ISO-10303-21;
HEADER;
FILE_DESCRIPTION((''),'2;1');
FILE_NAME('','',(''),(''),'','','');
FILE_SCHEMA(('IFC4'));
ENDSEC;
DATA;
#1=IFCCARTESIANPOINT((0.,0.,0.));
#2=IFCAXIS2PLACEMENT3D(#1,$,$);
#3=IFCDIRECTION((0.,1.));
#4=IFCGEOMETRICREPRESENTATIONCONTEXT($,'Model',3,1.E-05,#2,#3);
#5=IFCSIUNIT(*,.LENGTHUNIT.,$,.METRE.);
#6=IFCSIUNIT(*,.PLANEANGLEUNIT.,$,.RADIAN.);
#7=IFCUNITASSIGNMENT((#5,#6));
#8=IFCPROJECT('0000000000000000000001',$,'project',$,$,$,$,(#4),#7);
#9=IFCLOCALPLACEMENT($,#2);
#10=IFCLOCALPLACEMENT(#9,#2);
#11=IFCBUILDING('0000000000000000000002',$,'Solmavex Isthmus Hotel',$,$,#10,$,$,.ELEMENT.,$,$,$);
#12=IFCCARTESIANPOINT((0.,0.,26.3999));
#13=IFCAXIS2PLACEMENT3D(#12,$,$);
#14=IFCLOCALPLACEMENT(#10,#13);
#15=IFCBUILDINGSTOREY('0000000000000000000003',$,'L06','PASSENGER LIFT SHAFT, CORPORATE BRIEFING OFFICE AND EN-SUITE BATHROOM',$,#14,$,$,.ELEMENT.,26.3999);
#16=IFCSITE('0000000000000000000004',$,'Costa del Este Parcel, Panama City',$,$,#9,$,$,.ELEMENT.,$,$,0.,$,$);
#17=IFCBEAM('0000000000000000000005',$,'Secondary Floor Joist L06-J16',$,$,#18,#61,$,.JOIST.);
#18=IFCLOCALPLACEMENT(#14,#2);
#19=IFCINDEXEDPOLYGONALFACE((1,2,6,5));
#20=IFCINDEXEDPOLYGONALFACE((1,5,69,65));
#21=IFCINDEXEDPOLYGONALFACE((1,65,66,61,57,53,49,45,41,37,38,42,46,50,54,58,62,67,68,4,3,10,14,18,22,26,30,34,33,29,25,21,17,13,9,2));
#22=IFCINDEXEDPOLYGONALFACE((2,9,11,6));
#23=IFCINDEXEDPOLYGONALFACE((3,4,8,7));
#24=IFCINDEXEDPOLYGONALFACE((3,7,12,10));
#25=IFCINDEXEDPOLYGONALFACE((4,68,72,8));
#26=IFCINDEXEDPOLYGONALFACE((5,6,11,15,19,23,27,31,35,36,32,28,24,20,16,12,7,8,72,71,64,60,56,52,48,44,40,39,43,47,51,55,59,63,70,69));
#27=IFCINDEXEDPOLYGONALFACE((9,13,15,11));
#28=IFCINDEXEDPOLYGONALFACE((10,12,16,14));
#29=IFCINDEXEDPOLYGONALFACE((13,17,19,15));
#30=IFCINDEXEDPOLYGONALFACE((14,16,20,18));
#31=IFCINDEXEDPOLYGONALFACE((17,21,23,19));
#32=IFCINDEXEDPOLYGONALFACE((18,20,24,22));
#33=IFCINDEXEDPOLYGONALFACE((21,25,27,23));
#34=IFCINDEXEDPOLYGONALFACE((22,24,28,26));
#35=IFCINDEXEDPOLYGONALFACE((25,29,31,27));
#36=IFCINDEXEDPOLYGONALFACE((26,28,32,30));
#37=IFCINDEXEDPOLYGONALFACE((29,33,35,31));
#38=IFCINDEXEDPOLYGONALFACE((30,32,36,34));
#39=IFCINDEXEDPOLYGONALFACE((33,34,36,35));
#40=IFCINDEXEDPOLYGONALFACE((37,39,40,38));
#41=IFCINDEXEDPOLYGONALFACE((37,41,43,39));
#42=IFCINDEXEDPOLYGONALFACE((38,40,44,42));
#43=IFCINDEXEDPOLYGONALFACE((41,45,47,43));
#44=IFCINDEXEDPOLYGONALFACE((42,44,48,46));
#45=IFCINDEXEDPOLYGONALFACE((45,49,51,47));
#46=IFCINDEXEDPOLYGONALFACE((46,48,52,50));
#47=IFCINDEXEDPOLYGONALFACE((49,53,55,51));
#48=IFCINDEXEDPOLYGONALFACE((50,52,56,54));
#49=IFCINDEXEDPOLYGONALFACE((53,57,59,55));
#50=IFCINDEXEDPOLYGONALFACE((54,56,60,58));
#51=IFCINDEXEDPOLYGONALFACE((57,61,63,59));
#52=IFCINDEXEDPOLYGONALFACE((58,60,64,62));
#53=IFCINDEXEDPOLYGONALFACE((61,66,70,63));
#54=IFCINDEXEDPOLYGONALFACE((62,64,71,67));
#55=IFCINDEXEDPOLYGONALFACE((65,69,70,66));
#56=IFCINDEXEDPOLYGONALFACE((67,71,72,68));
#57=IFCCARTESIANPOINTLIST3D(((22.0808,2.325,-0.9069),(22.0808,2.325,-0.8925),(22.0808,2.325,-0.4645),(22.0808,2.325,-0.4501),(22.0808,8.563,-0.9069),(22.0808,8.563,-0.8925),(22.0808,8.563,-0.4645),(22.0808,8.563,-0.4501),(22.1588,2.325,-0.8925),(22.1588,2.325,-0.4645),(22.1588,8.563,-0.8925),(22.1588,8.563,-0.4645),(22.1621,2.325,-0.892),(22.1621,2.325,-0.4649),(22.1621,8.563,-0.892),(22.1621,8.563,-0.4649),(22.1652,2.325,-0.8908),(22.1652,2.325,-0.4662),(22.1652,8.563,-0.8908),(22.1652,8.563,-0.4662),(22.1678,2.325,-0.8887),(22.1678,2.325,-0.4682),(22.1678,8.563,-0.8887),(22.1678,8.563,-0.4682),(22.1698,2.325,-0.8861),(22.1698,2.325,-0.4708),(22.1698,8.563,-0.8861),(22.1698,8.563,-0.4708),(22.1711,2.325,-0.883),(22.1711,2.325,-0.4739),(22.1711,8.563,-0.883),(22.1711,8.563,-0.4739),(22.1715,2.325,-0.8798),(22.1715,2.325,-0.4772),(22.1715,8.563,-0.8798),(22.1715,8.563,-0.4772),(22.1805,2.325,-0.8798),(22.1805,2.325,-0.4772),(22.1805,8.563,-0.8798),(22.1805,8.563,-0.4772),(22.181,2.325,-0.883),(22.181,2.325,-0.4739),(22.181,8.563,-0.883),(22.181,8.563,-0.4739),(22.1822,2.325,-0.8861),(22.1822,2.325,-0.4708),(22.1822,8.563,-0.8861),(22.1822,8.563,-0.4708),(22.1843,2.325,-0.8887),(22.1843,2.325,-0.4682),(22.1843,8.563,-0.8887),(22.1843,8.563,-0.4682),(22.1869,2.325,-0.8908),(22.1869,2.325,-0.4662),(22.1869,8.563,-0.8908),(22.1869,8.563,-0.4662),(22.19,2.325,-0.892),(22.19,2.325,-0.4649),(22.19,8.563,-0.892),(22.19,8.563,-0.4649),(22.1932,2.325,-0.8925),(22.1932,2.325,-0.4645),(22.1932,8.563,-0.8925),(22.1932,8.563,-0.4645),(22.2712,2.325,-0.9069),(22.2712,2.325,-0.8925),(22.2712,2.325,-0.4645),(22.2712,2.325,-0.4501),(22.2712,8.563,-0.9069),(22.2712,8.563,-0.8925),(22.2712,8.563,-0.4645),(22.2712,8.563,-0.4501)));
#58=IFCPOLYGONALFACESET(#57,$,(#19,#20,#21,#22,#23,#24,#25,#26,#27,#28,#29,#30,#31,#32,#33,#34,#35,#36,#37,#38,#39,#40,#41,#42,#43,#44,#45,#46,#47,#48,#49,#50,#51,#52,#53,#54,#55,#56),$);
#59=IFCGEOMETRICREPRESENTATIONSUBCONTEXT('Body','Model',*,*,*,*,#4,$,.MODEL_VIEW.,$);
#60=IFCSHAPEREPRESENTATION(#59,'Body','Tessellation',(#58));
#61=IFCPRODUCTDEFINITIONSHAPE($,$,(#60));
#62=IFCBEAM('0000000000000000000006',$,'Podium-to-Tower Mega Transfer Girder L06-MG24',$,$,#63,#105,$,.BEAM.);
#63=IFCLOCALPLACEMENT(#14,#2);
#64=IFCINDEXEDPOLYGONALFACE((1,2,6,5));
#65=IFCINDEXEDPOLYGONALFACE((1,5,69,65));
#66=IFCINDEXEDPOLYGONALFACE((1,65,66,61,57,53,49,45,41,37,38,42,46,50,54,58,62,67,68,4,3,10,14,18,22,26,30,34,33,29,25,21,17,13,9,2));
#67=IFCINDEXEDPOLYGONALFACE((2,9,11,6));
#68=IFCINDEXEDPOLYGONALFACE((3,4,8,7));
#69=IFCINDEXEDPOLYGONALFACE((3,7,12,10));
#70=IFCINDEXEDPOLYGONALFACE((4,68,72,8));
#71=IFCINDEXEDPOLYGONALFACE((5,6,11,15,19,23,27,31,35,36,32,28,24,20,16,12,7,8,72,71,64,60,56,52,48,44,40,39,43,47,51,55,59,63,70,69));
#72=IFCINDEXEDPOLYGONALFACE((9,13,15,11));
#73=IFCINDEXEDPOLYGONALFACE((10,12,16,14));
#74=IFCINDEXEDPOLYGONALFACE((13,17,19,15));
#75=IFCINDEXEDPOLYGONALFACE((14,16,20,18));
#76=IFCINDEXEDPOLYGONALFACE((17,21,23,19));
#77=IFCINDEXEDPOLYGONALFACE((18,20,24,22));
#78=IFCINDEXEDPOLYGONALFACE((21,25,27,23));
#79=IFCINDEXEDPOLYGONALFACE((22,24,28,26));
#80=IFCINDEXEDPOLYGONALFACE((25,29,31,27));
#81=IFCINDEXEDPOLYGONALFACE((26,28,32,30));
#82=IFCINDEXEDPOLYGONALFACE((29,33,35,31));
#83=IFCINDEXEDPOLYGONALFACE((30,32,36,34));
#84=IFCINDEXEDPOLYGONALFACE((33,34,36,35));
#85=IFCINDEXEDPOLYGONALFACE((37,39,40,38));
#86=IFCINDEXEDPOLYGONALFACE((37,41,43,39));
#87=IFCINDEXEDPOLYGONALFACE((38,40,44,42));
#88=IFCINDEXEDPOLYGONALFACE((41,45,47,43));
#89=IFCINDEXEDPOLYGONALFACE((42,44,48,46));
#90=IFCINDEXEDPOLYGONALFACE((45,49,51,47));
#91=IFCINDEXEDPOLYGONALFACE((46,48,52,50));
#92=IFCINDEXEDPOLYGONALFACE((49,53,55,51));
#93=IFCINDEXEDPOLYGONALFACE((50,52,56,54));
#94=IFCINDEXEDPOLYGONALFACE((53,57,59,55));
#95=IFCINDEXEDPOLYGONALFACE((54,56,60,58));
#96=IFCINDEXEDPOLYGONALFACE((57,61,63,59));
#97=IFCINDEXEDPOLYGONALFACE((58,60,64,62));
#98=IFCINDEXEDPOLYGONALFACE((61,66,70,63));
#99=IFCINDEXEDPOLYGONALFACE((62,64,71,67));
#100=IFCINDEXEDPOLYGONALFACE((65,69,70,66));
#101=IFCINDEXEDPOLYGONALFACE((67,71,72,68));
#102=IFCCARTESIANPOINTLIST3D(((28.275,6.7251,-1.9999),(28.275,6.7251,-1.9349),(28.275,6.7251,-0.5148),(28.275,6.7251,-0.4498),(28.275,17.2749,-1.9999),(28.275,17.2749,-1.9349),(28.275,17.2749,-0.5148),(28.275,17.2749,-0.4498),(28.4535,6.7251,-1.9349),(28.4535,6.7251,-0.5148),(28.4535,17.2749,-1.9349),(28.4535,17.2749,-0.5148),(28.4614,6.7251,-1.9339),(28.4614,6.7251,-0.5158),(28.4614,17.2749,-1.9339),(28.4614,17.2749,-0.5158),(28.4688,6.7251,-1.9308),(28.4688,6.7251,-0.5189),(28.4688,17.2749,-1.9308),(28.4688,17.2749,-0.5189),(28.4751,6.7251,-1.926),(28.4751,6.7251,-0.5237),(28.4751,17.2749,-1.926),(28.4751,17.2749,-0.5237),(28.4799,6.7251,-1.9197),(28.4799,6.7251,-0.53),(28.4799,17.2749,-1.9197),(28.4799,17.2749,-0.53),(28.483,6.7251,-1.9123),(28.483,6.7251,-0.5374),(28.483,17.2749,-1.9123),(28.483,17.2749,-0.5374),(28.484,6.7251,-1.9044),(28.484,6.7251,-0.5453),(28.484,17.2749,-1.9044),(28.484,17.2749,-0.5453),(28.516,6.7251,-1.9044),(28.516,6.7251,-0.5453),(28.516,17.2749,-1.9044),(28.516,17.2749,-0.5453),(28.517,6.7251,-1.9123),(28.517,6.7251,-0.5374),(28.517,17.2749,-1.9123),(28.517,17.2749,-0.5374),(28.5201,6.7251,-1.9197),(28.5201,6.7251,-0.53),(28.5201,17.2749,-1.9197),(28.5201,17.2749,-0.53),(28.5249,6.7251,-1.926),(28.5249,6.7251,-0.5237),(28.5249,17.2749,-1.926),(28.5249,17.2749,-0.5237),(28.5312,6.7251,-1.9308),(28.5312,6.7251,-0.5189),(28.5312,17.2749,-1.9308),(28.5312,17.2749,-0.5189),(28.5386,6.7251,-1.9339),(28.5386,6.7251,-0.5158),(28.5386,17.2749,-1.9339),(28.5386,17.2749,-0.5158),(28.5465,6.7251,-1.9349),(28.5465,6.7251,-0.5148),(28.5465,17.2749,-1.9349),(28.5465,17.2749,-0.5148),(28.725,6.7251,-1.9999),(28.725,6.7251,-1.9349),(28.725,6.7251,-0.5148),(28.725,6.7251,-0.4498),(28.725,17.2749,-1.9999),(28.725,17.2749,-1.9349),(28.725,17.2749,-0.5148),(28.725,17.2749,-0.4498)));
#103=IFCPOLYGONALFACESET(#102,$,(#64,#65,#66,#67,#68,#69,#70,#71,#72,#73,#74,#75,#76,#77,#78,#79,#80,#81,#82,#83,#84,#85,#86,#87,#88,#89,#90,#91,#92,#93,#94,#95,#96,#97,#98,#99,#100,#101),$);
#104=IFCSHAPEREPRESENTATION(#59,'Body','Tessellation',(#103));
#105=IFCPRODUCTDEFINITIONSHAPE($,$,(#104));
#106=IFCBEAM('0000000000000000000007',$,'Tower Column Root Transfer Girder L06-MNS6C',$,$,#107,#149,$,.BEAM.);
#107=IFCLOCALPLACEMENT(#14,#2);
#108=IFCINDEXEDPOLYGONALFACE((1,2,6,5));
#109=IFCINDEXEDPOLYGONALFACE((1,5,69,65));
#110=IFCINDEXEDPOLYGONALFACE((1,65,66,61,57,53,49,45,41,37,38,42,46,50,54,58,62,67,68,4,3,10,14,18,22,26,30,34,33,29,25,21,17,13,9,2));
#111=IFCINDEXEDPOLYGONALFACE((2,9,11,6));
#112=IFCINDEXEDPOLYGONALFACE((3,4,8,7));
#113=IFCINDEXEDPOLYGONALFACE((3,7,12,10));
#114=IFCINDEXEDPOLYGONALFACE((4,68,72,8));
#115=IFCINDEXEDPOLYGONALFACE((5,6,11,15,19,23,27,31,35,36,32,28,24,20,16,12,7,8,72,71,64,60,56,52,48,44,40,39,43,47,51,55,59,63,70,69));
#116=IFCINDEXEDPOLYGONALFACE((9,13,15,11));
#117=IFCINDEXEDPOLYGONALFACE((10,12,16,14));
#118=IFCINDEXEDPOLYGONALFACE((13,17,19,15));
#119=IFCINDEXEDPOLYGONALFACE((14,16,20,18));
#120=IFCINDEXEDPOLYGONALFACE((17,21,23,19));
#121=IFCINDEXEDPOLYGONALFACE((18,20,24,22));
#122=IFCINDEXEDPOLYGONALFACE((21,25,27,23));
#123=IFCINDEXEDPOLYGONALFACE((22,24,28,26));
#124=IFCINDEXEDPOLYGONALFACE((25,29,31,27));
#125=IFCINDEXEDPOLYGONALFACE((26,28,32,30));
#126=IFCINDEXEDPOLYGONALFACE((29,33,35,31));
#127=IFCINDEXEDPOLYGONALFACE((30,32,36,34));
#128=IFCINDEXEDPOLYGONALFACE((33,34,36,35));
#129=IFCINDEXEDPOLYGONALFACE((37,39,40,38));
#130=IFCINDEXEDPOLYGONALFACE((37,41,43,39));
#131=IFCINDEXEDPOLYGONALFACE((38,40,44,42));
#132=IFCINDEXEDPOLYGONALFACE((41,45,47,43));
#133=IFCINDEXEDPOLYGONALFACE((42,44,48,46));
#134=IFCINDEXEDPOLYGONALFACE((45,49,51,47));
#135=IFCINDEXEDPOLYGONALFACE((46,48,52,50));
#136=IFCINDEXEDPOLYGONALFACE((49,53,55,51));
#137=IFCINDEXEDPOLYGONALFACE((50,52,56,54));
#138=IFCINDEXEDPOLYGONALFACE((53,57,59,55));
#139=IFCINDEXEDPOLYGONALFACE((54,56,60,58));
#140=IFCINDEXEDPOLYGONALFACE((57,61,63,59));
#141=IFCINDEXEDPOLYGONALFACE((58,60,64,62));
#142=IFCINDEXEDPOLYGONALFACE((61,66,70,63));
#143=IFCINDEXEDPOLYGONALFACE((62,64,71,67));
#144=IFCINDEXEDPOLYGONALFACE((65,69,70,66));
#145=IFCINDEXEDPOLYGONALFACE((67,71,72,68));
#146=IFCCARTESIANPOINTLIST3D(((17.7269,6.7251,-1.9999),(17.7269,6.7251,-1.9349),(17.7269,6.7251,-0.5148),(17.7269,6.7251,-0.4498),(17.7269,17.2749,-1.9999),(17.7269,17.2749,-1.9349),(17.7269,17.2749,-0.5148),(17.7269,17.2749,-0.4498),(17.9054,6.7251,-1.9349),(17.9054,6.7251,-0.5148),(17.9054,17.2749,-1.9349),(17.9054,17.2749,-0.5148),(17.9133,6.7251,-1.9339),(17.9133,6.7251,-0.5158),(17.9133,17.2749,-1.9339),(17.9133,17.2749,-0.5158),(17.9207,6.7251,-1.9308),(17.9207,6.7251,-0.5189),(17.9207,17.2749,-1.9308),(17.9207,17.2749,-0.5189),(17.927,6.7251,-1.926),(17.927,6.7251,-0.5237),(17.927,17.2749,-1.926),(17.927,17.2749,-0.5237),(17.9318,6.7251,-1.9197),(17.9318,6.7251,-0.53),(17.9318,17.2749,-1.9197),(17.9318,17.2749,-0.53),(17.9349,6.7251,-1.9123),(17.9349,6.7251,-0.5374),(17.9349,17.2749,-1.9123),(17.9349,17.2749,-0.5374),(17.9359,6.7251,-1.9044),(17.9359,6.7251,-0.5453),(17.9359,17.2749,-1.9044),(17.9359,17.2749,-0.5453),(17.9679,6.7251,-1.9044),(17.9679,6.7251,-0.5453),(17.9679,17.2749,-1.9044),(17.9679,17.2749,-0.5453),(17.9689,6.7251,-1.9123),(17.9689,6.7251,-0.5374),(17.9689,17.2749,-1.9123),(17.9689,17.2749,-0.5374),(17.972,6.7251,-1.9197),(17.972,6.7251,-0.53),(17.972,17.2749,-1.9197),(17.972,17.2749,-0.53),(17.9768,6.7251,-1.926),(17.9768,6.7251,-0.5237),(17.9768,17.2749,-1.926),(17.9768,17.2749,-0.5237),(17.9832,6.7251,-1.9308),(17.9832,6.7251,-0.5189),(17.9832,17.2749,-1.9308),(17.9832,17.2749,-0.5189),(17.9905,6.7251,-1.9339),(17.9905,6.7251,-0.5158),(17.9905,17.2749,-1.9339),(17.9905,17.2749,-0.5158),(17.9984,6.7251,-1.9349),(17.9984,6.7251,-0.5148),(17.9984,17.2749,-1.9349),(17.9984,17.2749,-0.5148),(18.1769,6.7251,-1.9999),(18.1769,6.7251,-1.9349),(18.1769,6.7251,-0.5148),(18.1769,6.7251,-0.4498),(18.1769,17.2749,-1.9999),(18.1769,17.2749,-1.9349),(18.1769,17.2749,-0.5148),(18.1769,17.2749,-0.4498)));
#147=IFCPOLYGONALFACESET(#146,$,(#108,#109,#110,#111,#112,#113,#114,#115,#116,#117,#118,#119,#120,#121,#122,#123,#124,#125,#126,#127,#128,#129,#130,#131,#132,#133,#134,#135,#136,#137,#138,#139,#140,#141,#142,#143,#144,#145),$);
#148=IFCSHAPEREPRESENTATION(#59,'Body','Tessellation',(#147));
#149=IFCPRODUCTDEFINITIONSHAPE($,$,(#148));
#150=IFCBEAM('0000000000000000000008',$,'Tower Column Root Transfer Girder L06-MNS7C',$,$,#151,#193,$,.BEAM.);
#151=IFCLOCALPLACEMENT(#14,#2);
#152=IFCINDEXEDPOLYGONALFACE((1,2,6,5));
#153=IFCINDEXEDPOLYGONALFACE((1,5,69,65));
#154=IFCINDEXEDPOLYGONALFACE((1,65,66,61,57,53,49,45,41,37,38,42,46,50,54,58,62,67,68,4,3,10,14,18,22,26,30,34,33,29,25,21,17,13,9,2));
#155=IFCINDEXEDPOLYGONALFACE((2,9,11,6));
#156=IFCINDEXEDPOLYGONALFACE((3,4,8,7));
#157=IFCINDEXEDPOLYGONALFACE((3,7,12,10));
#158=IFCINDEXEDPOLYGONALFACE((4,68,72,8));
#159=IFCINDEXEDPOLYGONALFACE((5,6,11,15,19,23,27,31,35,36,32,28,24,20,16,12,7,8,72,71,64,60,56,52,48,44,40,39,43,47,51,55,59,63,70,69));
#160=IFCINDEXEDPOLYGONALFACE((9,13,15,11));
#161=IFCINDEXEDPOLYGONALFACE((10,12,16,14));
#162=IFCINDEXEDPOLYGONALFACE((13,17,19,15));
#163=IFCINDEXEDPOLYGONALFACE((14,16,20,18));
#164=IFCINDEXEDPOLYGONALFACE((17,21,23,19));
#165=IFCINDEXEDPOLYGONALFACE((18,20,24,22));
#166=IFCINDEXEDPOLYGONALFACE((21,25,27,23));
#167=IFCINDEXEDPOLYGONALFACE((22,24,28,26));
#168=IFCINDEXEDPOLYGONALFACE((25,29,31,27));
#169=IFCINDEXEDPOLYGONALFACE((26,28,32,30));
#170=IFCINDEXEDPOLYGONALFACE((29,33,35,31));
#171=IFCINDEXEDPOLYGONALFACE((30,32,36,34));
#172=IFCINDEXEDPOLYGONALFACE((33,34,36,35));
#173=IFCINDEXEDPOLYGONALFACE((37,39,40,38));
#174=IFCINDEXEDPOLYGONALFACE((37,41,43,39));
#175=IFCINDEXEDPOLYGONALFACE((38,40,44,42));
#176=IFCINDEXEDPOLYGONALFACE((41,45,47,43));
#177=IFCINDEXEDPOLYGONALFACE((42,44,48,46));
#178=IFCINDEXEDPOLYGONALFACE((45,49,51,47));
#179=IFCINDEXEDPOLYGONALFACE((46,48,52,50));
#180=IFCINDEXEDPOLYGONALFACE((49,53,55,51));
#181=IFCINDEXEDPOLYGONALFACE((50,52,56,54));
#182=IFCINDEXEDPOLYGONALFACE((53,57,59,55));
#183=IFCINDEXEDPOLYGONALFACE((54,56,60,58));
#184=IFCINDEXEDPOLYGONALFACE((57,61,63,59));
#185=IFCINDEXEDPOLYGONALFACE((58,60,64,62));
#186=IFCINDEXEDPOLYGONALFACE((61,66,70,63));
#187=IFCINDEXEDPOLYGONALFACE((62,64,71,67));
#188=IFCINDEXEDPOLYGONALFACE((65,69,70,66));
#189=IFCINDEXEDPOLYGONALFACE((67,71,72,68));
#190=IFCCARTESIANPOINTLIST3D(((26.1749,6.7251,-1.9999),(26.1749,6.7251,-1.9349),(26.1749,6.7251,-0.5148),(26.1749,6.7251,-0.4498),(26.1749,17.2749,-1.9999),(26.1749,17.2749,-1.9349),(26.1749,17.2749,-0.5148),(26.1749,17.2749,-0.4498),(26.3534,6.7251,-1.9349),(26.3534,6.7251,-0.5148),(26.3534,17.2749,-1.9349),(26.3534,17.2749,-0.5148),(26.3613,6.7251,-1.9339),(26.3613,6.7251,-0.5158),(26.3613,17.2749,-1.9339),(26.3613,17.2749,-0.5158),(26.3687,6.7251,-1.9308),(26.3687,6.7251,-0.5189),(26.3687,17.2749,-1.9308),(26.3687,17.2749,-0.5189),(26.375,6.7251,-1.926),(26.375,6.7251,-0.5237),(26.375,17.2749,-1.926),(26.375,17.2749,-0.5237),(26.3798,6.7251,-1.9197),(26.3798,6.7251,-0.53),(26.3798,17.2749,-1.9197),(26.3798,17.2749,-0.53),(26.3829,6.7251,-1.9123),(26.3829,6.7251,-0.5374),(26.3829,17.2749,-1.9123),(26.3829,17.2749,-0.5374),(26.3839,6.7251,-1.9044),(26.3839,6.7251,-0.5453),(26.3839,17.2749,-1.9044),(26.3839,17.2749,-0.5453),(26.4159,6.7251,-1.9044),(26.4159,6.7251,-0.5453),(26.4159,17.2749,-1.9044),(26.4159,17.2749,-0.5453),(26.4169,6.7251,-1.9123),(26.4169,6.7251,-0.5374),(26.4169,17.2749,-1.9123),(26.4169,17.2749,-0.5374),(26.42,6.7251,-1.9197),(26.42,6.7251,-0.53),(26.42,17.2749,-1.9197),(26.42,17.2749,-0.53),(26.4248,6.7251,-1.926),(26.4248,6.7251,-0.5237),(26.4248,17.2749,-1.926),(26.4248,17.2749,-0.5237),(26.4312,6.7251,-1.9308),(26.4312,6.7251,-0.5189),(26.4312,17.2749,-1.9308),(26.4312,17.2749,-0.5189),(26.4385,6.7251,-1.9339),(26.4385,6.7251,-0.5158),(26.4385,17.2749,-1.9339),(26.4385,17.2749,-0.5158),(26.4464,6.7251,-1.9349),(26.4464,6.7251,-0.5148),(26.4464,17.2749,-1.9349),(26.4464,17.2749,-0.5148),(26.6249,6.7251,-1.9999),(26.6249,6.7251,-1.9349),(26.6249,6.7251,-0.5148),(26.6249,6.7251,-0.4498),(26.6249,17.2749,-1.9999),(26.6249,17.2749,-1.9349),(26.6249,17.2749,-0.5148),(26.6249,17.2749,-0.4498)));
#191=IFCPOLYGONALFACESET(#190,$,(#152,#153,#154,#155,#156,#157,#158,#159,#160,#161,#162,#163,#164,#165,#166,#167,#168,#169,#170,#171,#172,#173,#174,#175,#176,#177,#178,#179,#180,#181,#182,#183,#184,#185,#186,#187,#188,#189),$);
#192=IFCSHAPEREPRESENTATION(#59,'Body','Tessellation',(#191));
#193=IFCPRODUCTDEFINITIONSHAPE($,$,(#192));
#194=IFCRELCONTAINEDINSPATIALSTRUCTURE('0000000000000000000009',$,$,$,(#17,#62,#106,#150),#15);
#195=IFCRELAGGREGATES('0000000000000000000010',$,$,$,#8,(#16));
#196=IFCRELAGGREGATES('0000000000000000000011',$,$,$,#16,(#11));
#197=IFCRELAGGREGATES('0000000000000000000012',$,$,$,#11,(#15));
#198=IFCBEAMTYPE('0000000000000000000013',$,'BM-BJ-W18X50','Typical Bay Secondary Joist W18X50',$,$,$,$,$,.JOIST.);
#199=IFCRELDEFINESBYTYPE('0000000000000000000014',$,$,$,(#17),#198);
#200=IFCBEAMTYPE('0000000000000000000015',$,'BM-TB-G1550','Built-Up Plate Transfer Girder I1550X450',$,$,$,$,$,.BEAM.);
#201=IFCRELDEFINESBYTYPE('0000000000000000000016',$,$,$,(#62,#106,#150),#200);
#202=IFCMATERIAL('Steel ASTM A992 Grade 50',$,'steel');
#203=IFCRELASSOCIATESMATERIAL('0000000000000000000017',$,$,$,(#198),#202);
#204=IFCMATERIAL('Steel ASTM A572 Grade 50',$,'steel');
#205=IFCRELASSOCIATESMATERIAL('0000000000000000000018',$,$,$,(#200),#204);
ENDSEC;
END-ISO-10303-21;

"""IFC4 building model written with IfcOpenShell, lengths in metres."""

from ifc_helpers import new_model, si_unit, direction, frame, origin, origin_2d, place, context, subcontext, project, spatial, i_section, extrude, material, material_profile, profile_set, type_object, element, save


model = new_model("IFC4")

# Units and contexts
model_context = context("Model", 3, precision=1e-05, world=origin(), true_north=direction((0.0, 1.0)))
body_context = subcontext(model_context, "Body", "Model", "MODEL_VIEW")
ifc_project = project(units=[si_unit("LENGTHUNIT", "METRE"), si_unit("PLANEANGLEUNIT", "RADIAN")], contexts=[model_context])

# Site, building, storey
site_placement = place(None, origin())
site = spatial("IfcSite", under=ifc_project, at=site_placement, Name="Costa del Este Parcel, Panama City", CompositionType="ELEMENT", RefElevation=0.0)
building_placement = place(site_placement, origin())
building = spatial("IfcBuilding", under=site, at=building_placement, Name="Solmavex Isthmus Hotel", CompositionType="ELEMENT")
storey_placement = place(building_placement, frame((0.0, 0.0, 26.3999)))
storey = spatial("IfcBuildingStorey", under=building, at=storey_placement, Name="L06", Description="PASSENGER LIFT SHAFT, CORPORATE BRIEFING OFFICE AND EN-SUITE BATHROOM", CompositionType="ELEMENT", Elevation=26.3999)

# Beams
ifc_material_1 = material(Name="Steel ASTM A992 Grade 50", Category="steel")
ifc_material_profile_1 = material_profile(ifc_material_1, i_section(OverallWidth=0.1904, OverallDepth=0.4568, WebThickness=0.009, FlangeThickness=0.0144, FilletRadius=0.0127, at=origin_2d()), Name="W18X50")
ifc_profile_set_1 = profile_set([ifc_material_profile_1], Name="Steel ASTM A992 Grade 50")
beam_type_1 = type_object("IfcBeamType", Name="BM-BJ-W18X50", Description="Typical Bay Secondary Joist W18X50", PredefinedType="JOIST", material=ifc_profile_set_1)
beam_placement = place(storey_placement, frame((22.176, 2.325, -0.6785), z_axis=(0.0, 1.0, 0.0), x_axis=(-1.0, 0.0, 0.0)))
element("IfcBeam", 1, at=beam_placement, inside=storey, type_object=beam_type_1, Name="Secondary Floor Joist L06-J16", PredefinedType="JOIST", context=body_context, shape_type="SweptSolid", body=[
    extrude(i_section(OverallWidth=0.1904, OverallDepth=0.4568, WebThickness=0.009, FlangeThickness=0.0144, FilletRadius=0.0127, at=origin_2d()), origin(), (0.0, 0.0, 1.0), 6.238),
])
ifc_material_2 = material(Name="Steel ASTM A572 Grade 50", Category="steel")
ifc_material_profile_2 = material_profile(ifc_material_2, i_section(OverallWidth=0.45, OverallDepth=1.55, WebThickness=0.032, FlangeThickness=0.0649, FilletRadius=0.0305, at=origin_2d()), Name="I1550X450")
ifc_profile_set_2 = profile_set([ifc_material_profile_2], Name="Steel ASTM A572 Grade 50")
beam_type_2 = type_object("IfcBeamType", Name="BM-TB-G1550", Description="Built-Up Plate Transfer Girder I1550X450", PredefinedType="BEAM", material=ifc_profile_set_2)
for number, where, z_axis, x_axis, name in (
    (2, (28.5, 6.7251, -1.2249), (0.0, 1.0, 0.0), (-1.0, 0.0, 0.0), "Podium-to-Tower Mega Transfer Girder L06-MG24"),
    (3, (17.9519, 6.7251, -1.2249), (0.0, 1.0, 0.0), (-1.0, 0.0, 0.0), "Tower Column Root Transfer Girder L06-MNS6C"),
    (4, (26.3999, 6.7251, -1.2249), (0.0, 1.0, 0.0), (-1.0, 0.0, 0.0), "Tower Column Root Transfer Girder L06-MNS7C"),
):
    element("IfcBeam", number, at=place(storey_placement, frame(where, z_axis=z_axis, x_axis=x_axis)), inside=storey, type_object=beam_type_2, Name=name, PredefinedType="BEAM", context=body_context, shape_type="SweptSolid", body=[
        extrude(i_section(OverallWidth=0.45, OverallDepth=1.55, WebThickness=0.032, FlangeThickness=0.0649, FilletRadius=0.0305, at=origin_2d()), origin(), (0.0, 0.0, 1.0), 10.5498),
    ])

save(model, "model.ifc")
